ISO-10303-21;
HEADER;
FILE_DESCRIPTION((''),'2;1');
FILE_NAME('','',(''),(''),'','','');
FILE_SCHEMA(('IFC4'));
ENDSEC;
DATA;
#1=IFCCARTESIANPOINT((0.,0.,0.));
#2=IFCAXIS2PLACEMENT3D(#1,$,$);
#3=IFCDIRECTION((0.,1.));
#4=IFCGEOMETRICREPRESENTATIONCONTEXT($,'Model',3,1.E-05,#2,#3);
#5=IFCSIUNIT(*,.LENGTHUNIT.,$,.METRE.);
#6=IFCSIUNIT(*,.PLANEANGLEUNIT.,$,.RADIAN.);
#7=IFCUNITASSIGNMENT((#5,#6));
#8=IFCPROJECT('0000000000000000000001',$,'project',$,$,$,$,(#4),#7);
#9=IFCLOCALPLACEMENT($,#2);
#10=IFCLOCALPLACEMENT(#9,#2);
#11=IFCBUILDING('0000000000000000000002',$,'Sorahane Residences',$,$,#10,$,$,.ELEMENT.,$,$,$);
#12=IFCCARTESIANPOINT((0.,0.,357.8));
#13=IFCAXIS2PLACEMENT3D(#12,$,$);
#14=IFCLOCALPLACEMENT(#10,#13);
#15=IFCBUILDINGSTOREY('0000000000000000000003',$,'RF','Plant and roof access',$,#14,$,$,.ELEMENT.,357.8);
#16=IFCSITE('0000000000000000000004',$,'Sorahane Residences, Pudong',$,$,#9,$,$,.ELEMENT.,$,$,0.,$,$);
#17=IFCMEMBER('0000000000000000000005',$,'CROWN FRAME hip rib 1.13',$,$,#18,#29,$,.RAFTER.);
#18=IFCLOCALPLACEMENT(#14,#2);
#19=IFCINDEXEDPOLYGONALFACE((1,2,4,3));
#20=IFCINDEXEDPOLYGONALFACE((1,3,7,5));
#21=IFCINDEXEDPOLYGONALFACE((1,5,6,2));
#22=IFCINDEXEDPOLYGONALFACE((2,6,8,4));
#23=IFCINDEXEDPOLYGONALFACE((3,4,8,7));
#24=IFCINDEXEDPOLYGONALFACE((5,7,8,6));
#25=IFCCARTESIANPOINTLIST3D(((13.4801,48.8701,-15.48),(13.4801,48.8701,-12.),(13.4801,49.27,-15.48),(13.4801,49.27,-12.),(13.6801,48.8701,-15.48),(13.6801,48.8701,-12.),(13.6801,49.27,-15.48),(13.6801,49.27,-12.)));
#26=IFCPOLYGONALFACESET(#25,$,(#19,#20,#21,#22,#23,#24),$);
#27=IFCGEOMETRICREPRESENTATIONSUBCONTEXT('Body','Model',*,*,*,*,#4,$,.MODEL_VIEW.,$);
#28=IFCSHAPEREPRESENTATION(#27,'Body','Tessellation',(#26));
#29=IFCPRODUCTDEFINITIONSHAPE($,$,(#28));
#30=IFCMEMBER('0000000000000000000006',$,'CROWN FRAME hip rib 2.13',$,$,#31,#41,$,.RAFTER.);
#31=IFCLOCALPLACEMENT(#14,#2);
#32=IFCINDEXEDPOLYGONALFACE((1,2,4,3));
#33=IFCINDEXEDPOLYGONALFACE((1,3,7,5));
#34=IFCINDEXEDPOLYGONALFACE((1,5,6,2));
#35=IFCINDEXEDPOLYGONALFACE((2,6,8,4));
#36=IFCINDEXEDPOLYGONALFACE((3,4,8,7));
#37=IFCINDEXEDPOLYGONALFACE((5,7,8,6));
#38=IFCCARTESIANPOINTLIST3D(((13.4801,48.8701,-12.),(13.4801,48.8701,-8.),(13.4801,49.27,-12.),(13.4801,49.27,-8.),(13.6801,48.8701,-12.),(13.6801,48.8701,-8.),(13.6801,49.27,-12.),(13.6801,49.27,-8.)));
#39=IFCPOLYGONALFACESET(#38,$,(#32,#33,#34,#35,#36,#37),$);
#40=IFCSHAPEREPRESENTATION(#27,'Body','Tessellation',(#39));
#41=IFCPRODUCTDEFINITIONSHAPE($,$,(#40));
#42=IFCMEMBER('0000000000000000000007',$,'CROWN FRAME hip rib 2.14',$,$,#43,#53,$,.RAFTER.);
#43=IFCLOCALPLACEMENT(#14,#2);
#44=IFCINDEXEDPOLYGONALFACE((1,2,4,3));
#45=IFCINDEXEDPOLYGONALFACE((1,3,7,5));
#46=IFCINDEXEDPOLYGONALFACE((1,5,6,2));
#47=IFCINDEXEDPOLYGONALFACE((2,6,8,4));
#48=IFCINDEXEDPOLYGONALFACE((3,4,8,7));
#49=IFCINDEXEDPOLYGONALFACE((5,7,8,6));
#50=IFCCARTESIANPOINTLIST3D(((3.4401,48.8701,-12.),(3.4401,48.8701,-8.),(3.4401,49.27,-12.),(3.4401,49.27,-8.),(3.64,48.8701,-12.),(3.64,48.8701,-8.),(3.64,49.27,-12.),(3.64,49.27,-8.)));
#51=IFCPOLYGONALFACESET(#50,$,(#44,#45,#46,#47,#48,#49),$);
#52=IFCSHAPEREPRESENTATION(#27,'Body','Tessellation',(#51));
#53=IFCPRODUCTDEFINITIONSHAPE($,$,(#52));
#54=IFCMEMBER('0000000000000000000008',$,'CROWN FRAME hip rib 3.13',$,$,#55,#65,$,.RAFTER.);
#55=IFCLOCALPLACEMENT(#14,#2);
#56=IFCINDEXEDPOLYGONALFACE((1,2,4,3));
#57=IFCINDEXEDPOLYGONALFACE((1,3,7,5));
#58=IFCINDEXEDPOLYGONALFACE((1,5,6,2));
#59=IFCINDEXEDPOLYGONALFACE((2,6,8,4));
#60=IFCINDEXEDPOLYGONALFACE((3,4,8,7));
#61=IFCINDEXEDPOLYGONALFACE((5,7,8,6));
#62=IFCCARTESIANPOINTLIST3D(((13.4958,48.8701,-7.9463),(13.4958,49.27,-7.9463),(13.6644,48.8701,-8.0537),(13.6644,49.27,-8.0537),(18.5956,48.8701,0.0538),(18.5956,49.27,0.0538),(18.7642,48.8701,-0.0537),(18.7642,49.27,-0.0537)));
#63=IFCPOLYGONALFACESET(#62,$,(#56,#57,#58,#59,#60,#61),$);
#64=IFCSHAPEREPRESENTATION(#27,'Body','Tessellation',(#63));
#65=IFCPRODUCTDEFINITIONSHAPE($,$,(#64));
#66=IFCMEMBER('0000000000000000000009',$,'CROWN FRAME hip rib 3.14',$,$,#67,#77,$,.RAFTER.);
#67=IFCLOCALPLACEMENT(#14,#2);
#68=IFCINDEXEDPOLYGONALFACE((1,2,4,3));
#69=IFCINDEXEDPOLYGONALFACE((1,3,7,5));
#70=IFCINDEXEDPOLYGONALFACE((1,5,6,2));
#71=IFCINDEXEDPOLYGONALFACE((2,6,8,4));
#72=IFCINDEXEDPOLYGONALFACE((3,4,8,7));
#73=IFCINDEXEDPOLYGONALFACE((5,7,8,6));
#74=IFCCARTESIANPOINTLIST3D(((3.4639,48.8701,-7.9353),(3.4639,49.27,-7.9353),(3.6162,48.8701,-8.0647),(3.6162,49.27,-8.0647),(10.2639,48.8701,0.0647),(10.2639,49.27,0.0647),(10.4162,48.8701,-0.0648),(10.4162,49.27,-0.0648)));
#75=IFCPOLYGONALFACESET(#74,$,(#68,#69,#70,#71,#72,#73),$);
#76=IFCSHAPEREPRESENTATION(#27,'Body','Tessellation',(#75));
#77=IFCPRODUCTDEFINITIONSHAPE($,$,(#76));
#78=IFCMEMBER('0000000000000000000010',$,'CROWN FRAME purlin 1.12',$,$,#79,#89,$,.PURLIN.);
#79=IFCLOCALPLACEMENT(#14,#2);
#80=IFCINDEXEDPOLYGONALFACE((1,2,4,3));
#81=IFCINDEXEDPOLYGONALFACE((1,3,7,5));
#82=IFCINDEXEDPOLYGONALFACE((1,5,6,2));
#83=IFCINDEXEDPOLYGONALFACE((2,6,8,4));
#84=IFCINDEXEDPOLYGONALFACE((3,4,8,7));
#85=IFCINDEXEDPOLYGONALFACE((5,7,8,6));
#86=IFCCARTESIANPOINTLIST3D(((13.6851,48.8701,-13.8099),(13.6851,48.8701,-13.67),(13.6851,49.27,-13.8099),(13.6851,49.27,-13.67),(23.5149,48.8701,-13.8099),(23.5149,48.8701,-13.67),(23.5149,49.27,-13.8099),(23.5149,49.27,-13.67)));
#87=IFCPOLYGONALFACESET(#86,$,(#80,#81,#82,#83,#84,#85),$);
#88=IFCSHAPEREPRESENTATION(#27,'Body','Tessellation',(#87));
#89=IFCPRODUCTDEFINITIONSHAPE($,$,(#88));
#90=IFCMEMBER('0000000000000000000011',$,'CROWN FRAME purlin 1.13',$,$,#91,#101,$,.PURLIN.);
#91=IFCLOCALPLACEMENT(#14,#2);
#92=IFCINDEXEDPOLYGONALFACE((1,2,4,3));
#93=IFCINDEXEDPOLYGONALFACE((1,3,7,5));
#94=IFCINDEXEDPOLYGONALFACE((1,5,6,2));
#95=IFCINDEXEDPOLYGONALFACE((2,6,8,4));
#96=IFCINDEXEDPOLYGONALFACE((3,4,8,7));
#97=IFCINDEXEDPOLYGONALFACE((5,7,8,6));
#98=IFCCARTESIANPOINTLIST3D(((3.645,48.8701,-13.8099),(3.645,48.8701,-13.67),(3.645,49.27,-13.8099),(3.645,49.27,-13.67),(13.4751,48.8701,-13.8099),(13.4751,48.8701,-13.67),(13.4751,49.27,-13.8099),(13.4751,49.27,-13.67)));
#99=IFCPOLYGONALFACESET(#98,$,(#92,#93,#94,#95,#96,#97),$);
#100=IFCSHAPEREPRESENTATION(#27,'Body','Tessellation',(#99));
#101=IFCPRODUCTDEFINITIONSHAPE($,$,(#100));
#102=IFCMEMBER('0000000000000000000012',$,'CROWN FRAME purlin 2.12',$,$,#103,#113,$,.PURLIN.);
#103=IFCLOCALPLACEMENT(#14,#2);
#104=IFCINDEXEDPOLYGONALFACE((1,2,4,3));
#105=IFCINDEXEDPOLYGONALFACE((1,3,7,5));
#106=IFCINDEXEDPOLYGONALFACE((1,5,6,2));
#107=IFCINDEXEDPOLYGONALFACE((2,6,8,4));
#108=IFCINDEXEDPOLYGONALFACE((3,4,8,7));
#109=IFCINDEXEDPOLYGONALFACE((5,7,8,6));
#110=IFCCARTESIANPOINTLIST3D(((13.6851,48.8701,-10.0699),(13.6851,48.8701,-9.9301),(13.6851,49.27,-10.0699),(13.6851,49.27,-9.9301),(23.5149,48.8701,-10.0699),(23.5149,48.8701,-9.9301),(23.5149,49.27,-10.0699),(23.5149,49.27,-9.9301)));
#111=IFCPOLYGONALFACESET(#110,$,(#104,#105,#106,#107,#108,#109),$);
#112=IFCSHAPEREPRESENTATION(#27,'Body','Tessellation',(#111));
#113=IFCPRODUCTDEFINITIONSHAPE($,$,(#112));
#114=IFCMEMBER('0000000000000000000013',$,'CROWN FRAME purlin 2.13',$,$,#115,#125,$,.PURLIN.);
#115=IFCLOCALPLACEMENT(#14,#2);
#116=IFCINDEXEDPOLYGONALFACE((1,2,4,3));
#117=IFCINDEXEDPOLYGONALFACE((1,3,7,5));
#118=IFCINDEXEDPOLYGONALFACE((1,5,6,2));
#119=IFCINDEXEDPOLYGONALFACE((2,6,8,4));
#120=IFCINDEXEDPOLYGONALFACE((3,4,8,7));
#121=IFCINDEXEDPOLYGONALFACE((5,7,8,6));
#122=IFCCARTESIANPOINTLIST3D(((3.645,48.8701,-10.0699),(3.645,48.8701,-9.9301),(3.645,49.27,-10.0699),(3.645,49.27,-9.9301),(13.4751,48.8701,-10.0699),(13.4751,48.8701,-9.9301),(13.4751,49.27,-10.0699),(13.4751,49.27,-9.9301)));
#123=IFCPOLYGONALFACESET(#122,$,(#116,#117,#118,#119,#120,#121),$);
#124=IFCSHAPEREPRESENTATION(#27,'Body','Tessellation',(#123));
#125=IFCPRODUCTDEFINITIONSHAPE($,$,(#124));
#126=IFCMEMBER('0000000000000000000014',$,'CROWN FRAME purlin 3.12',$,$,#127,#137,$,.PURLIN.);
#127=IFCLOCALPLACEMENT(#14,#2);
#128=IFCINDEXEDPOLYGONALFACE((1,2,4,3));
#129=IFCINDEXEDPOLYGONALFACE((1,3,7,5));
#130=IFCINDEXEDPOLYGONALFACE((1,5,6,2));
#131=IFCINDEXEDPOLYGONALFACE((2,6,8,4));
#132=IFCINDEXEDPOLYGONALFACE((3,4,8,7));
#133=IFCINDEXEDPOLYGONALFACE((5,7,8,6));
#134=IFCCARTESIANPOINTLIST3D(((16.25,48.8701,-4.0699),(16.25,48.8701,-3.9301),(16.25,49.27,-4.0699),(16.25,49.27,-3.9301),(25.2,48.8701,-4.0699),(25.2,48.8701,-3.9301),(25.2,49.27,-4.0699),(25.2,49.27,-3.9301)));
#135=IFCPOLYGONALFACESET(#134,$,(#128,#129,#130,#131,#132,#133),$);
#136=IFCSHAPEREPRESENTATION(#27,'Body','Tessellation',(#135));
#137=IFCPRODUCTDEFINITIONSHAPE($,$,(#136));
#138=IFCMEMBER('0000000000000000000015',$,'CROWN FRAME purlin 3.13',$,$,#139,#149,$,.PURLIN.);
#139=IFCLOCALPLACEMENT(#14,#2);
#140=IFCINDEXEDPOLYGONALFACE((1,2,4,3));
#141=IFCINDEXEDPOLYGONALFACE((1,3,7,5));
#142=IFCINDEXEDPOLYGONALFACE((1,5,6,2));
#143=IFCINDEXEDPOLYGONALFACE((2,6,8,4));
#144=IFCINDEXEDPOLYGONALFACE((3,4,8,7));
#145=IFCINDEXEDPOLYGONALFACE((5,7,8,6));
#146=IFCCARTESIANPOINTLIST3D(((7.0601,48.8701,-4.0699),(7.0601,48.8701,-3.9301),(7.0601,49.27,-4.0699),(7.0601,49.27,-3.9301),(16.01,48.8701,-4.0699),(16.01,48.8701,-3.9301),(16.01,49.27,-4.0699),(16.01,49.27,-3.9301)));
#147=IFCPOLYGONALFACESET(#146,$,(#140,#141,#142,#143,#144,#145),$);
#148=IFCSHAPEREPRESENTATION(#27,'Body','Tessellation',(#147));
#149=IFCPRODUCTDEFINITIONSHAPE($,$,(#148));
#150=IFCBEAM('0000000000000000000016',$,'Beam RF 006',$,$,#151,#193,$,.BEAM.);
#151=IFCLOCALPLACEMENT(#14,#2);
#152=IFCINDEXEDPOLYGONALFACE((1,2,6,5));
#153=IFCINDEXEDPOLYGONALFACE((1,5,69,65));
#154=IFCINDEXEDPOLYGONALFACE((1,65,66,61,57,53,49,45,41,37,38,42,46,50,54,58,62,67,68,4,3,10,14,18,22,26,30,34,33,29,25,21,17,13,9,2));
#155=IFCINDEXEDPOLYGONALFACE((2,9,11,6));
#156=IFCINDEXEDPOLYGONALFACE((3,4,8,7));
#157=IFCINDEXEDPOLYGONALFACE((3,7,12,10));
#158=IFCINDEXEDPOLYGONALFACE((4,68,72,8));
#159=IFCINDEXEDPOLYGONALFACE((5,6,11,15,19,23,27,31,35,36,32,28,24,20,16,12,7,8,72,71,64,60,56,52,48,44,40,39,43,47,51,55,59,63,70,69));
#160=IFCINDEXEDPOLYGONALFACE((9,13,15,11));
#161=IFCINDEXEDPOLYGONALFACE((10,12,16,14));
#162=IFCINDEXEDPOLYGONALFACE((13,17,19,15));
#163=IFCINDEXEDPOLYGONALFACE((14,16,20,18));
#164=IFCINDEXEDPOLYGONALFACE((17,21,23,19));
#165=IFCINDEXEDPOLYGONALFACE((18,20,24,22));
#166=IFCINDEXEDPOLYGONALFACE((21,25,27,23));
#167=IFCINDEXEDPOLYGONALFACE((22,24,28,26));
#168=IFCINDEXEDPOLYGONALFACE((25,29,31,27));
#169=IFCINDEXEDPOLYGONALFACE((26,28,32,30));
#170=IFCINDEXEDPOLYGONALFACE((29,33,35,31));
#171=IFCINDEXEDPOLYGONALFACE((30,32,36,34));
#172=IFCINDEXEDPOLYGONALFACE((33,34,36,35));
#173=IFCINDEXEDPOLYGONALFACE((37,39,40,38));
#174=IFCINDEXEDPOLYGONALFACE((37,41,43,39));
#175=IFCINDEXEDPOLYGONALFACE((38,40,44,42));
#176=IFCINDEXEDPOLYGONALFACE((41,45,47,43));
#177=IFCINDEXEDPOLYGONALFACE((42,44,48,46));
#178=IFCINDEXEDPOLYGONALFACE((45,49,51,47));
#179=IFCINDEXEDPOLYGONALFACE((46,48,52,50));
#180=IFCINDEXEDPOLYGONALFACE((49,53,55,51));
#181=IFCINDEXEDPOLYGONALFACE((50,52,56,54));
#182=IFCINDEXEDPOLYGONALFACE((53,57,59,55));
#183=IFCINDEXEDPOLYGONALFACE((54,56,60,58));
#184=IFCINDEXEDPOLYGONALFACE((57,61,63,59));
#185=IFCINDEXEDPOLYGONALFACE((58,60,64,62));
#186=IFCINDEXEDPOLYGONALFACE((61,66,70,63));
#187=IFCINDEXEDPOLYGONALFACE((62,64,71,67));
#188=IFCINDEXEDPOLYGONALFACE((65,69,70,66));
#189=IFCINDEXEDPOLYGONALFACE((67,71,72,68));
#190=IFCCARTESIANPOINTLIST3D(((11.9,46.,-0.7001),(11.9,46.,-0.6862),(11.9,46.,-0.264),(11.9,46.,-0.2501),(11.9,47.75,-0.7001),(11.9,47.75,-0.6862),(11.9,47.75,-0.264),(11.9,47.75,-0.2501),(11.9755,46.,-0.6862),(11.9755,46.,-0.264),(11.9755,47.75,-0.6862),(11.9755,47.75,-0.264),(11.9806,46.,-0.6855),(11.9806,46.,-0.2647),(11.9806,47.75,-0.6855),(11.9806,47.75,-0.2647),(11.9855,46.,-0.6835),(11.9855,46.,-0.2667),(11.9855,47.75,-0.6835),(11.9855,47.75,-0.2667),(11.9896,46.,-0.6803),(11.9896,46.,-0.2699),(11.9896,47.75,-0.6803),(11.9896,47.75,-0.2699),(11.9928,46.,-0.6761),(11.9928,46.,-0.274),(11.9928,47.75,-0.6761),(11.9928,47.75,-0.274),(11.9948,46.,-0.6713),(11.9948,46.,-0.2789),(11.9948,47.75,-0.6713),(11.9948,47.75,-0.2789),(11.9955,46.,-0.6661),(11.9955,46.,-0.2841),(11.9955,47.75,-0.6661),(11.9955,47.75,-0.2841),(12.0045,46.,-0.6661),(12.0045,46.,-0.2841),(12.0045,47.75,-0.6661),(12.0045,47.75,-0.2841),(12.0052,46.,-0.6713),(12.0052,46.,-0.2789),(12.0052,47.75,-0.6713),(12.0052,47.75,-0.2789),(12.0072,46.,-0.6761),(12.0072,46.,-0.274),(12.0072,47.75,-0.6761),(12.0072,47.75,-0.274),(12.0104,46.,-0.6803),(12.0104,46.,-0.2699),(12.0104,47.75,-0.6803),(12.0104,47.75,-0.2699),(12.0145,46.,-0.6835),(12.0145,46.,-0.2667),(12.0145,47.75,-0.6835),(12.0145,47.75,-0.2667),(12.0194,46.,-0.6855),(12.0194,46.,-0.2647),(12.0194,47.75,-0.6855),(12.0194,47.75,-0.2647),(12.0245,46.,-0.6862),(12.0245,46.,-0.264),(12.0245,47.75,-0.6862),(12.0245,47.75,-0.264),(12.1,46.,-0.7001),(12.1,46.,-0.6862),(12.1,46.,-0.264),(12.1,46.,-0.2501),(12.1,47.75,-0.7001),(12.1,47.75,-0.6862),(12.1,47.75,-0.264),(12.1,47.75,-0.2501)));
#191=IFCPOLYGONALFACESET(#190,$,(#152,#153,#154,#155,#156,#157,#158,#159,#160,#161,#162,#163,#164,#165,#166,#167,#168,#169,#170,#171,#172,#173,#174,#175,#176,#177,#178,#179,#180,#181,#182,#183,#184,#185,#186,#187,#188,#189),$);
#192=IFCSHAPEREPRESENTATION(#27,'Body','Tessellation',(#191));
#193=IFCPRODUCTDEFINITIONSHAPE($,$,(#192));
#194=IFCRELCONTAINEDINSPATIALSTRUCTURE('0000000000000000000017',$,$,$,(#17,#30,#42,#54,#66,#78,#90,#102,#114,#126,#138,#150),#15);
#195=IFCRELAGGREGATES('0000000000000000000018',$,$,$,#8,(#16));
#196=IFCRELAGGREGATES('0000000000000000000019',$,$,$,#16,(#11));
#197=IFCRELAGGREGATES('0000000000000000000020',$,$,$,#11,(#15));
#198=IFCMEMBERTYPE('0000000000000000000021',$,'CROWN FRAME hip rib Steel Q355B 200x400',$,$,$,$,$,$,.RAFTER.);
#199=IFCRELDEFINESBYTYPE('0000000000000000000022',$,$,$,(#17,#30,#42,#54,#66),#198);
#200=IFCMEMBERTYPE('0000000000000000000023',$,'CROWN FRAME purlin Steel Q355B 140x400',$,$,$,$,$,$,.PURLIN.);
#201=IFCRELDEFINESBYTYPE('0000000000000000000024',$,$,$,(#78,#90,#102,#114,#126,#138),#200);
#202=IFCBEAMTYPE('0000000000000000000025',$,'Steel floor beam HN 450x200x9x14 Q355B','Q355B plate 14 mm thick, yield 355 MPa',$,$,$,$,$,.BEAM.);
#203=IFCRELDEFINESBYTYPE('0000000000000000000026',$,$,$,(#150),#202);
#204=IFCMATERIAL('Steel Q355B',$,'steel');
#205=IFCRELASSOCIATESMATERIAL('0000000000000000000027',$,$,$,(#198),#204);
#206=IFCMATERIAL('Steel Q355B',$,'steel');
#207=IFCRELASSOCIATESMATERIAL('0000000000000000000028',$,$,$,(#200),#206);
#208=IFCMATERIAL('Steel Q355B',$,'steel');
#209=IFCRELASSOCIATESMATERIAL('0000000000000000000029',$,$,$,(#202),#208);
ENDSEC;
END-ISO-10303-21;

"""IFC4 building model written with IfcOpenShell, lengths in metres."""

from ifc_helpers import new_model, si_unit, direction, frame, origin, origin_2d, place, context, subcontext, project, spatial, rectangle, i_section, extrude, material, material_profile, profile_set, type_object, element, save


model = new_model("IFC4")

# Units and contexts
model_context = context("Model", 3, precision=1e-05, world=origin(), true_north=direction((0.0, 1.0)))
body_context = subcontext(model_context, "Body", "Model", "MODEL_VIEW")
ifc_project = project(units=[si_unit("LENGTHUNIT", "METRE"), si_unit("PLANEANGLEUNIT", "RADIAN")], contexts=[model_context])

# Site, building, storey
site_placement = place(None, origin())
site = spatial("IfcSite", under=ifc_project, at=site_placement, Name="Sorahane Residences, Pudong", CompositionType="ELEMENT", RefElevation=0.0)
building_placement = place(site_placement, origin())
building = spatial("IfcBuilding", under=site, at=building_placement, Name="Sorahane Residences", CompositionType="ELEMENT")
storey_placement = place(building_placement, frame((0.0, 0.0, 357.8)))
storey = spatial("IfcBuildingStorey", under=building, at=storey_placement, Name="RF", Description="Plant and roof access", CompositionType="ELEMENT", Elevation=357.8)

# Members
ifc_material_1 = material(Name="Steel Q355B", Category="steel")
ifc_material_profile_1 = material_profile(ifc_material_1, rectangle(XDim=0.2, YDim=0.3999, at=origin_2d()), Name="CROWN FRAME hip rib Steel Q355B 200x400")
ifc_profile_set_1 = profile_set([ifc_material_profile_1], Name="Steel Q355B")
member_type_1 = type_object("IfcMemberType", Name="CROWN FRAME hip rib Steel Q355B 200x400", PredefinedType="RAFTER", material=ifc_profile_set_1)
member_1_placement = place(storey_placement, frame((13.5801, 49.0701, -15.48), z_axis=(0.0, 0.0, 1.0), x_axis=(1.0, 0.0, 0.0)))
element("IfcMember", 1, at=member_1_placement, inside=storey, type_object=member_type_1, Name="CROWN FRAME hip rib 1.13", PredefinedType="RAFTER", context=body_context, shape_type="SweptSolid", body=[
    extrude(rectangle(XDim=0.2, YDim=0.3999, at=origin_2d()), origin(), (0.0, 0.0, 1.0), 3.48),
])
for number, where, z_axis, x_axis, name in (
    (2, (13.5801, 49.0701, -12.0), (0.0, 0.0, 1.0), (1.0, 0.0, 0.0), "CROWN FRAME hip rib 2.13"),
    (3, (3.54, 49.0701, -12.0), (0.0, 0.0, 1.0), (1.0, 0.0, 0.0), "CROWN FRAME hip rib 2.14"),
):
    element("IfcMember", number, at=place(storey_placement, frame(where, z_axis=z_axis, x_axis=x_axis)), inside=storey, type_object=member_type_1, Name=name, PredefinedType="RAFTER", context=body_context, shape_type="SweptSolid", body=[
        extrude(rectangle(XDim=0.2, YDim=0.3999, at=origin_2d()), origin(), (0.0, 0.0, 1.0), 4.0),
    ])
member_2_placement = place(storey_placement, frame((13.5801, 49.0701, -8.0), z_axis=(0.537546, 0.0, 0.843234), x_axis=(0.843234, 0.0, -0.537546)))
element("IfcMember", 4, at=member_2_placement, inside=storey, type_object=member_type_1, Name="CROWN FRAME hip rib 3.13", PredefinedType="RAFTER", context=body_context, shape_type="SweptSolid", body=[
    extrude(rectangle(XDim=0.2, YDim=0.3999, at=origin_2d()), origin(), (0.0, 0.0, 1.0), 9.4873),
])
member_3_placement = place(storey_placement, frame((3.54, 49.0701, -8.0), z_axis=(0.647651, 0.0, 0.761937), x_axis=(0.761937, 0.0, -0.647651)))
element("IfcMember", 5, at=member_3_placement, inside=storey, type_object=member_type_1, Name="CROWN FRAME hip rib 3.14", PredefinedType="RAFTER", context=body_context, shape_type="SweptSolid", body=[
    extrude(rectangle(XDim=0.2, YDim=0.3999, at=origin_2d()), origin(), (0.0, 0.0, 1.0), 10.4995),
])
ifc_material_2 = material(Name="Steel Q355B", Category="steel")
ifc_material_profile_2 = material_profile(ifc_material_2, rectangle(XDim=0.1399, YDim=0.3999, at=origin_2d()), Name="CROWN FRAME purlin Steel Q355B 140x400")
ifc_profile_set_2 = profile_set([ifc_material_profile_2], Name="Steel Q355B")
member_type_2 = type_object("IfcMemberType", Name="CROWN FRAME purlin Steel Q355B 140x400", PredefinedType="PURLIN", material=ifc_profile_set_2)
member_4_placement = place(storey_placement, frame((13.6851, 49.0701, -13.74), z_axis=(1.0, 0.0, 0.0), x_axis=(0.0, 0.0, -1.0)))
element("IfcMember", 6, at=member_4_placement, inside=storey, type_object=member_type_2, Name="CROWN FRAME purlin 1.12", PredefinedType="PURLIN", context=body_context, shape_type="SweptSolid", body=[
    extrude(rectangle(XDim=0.1399, YDim=0.3999, at=origin_2d()), origin(), (0.0, 0.0, 1.0), 9.8298),
])
member_5_placement = place(storey_placement, frame((3.645, 49.0701, -13.74), z_axis=(1.0, 0.0, 0.0), x_axis=(0.0, 0.0, -1.0)))
element("IfcMember", 7, at=member_5_placement, inside=storey, type_object=member_type_2, Name="CROWN FRAME purlin 1.13", PredefinedType="PURLIN", context=body_context, shape_type="SweptSolid", body=[
    extrude(rectangle(XDim=0.1399, YDim=0.3999, at=origin_2d()), origin(), (0.0, 0.0, 1.0), 9.8301),
])
member_6_placement = place(storey_placement, frame((13.6851, 49.0701, -10.0), z_axis=(1.0, 0.0, 0.0), x_axis=(0.0, 0.0, -1.0)))
element("IfcMember", 8, at=member_6_placement, inside=storey, type_object=member_type_2, Name="CROWN FRAME purlin 2.12", PredefinedType="PURLIN", context=body_context, shape_type="SweptSolid", body=[
    extrude(rectangle(XDim=0.1399, YDim=0.3999, at=origin_2d()), origin(), (0.0, 0.0, 1.0), 9.8298),
])
member_7_placement = place(storey_placement, frame((3.645, 49.0701, -10.0), z_axis=(1.0, 0.0, 0.0), x_axis=(0.0, 0.0, -1.0)))
element("IfcMember", 9, at=member_7_placement, inside=storey, type_object=member_type_2, Name="CROWN FRAME purlin 2.13", PredefinedType="PURLIN", context=body_context, shape_type="SweptSolid", body=[
    extrude(rectangle(XDim=0.1399, YDim=0.3999, at=origin_2d()), origin(), (0.0, 0.0, 1.0), 9.8301),
])
for number, where, z_axis, x_axis, name in (
    (10, (16.25, 49.0701, -4.0), (1.0, 0.0, 0.0), (0.0, 0.0, -1.0), "CROWN FRAME purlin 3.12"),
    (11, (7.0601, 49.0701, -4.0), (1.0, 0.0, 0.0), (0.0, 0.0, -1.0), "CROWN FRAME purlin 3.13"),
):
    element("IfcMember", number, at=place(storey_placement, frame(where, z_axis=z_axis, x_axis=x_axis)), inside=storey, type_object=member_type_2, Name=name, PredefinedType="PURLIN", context=body_context, shape_type="SweptSolid", body=[
        extrude(rectangle(XDim=0.1399, YDim=0.3999, at=origin_2d()), origin(), (0.0, 0.0, 1.0), 8.95),
    ])

# Beam
ifc_material_3 = material(Name="Steel Q355B", Category="steel")
ifc_material_profile_3 = material_profile(ifc_material_3, i_section(OverallWidth=0.2, OverallDepth=0.45, WebThickness=0.009, FlangeThickness=0.0139, FilletRadius=0.02, at=origin_2d()), Name="HN 450x200x9x14")
ifc_profile_set_3 = profile_set([ifc_material_profile_3], Name="Steel Q355B")
beam_type_1 = type_object("IfcBeamType", Name="Steel floor beam HN 450x200x9x14 Q355B", Description="Q355B plate 14 mm thick, yield 355 MPa", PredefinedType="BEAM", material=ifc_profile_set_3)
beam_1_placement = place(storey_placement, frame((12.0, 46.0, -0.4751), z_axis=(0.0, 1.0, 0.0), x_axis=(-1.0, 0.0, 0.0)))
element("IfcBeam", 12, at=beam_1_placement, inside=storey, type_object=beam_type_1, Name="Beam RF 006", PredefinedType="BEAM", context=body_context, shape_type="SweptSolid", body=[
    extrude(i_section(OverallWidth=0.2, OverallDepth=0.45, WebThickness=0.009, FlangeThickness=0.0139, FilletRadius=0.02, at=origin_2d()), origin(), (0.0, 0.0, 1.0), 1.75),
])

save(model, "model.ifc")
